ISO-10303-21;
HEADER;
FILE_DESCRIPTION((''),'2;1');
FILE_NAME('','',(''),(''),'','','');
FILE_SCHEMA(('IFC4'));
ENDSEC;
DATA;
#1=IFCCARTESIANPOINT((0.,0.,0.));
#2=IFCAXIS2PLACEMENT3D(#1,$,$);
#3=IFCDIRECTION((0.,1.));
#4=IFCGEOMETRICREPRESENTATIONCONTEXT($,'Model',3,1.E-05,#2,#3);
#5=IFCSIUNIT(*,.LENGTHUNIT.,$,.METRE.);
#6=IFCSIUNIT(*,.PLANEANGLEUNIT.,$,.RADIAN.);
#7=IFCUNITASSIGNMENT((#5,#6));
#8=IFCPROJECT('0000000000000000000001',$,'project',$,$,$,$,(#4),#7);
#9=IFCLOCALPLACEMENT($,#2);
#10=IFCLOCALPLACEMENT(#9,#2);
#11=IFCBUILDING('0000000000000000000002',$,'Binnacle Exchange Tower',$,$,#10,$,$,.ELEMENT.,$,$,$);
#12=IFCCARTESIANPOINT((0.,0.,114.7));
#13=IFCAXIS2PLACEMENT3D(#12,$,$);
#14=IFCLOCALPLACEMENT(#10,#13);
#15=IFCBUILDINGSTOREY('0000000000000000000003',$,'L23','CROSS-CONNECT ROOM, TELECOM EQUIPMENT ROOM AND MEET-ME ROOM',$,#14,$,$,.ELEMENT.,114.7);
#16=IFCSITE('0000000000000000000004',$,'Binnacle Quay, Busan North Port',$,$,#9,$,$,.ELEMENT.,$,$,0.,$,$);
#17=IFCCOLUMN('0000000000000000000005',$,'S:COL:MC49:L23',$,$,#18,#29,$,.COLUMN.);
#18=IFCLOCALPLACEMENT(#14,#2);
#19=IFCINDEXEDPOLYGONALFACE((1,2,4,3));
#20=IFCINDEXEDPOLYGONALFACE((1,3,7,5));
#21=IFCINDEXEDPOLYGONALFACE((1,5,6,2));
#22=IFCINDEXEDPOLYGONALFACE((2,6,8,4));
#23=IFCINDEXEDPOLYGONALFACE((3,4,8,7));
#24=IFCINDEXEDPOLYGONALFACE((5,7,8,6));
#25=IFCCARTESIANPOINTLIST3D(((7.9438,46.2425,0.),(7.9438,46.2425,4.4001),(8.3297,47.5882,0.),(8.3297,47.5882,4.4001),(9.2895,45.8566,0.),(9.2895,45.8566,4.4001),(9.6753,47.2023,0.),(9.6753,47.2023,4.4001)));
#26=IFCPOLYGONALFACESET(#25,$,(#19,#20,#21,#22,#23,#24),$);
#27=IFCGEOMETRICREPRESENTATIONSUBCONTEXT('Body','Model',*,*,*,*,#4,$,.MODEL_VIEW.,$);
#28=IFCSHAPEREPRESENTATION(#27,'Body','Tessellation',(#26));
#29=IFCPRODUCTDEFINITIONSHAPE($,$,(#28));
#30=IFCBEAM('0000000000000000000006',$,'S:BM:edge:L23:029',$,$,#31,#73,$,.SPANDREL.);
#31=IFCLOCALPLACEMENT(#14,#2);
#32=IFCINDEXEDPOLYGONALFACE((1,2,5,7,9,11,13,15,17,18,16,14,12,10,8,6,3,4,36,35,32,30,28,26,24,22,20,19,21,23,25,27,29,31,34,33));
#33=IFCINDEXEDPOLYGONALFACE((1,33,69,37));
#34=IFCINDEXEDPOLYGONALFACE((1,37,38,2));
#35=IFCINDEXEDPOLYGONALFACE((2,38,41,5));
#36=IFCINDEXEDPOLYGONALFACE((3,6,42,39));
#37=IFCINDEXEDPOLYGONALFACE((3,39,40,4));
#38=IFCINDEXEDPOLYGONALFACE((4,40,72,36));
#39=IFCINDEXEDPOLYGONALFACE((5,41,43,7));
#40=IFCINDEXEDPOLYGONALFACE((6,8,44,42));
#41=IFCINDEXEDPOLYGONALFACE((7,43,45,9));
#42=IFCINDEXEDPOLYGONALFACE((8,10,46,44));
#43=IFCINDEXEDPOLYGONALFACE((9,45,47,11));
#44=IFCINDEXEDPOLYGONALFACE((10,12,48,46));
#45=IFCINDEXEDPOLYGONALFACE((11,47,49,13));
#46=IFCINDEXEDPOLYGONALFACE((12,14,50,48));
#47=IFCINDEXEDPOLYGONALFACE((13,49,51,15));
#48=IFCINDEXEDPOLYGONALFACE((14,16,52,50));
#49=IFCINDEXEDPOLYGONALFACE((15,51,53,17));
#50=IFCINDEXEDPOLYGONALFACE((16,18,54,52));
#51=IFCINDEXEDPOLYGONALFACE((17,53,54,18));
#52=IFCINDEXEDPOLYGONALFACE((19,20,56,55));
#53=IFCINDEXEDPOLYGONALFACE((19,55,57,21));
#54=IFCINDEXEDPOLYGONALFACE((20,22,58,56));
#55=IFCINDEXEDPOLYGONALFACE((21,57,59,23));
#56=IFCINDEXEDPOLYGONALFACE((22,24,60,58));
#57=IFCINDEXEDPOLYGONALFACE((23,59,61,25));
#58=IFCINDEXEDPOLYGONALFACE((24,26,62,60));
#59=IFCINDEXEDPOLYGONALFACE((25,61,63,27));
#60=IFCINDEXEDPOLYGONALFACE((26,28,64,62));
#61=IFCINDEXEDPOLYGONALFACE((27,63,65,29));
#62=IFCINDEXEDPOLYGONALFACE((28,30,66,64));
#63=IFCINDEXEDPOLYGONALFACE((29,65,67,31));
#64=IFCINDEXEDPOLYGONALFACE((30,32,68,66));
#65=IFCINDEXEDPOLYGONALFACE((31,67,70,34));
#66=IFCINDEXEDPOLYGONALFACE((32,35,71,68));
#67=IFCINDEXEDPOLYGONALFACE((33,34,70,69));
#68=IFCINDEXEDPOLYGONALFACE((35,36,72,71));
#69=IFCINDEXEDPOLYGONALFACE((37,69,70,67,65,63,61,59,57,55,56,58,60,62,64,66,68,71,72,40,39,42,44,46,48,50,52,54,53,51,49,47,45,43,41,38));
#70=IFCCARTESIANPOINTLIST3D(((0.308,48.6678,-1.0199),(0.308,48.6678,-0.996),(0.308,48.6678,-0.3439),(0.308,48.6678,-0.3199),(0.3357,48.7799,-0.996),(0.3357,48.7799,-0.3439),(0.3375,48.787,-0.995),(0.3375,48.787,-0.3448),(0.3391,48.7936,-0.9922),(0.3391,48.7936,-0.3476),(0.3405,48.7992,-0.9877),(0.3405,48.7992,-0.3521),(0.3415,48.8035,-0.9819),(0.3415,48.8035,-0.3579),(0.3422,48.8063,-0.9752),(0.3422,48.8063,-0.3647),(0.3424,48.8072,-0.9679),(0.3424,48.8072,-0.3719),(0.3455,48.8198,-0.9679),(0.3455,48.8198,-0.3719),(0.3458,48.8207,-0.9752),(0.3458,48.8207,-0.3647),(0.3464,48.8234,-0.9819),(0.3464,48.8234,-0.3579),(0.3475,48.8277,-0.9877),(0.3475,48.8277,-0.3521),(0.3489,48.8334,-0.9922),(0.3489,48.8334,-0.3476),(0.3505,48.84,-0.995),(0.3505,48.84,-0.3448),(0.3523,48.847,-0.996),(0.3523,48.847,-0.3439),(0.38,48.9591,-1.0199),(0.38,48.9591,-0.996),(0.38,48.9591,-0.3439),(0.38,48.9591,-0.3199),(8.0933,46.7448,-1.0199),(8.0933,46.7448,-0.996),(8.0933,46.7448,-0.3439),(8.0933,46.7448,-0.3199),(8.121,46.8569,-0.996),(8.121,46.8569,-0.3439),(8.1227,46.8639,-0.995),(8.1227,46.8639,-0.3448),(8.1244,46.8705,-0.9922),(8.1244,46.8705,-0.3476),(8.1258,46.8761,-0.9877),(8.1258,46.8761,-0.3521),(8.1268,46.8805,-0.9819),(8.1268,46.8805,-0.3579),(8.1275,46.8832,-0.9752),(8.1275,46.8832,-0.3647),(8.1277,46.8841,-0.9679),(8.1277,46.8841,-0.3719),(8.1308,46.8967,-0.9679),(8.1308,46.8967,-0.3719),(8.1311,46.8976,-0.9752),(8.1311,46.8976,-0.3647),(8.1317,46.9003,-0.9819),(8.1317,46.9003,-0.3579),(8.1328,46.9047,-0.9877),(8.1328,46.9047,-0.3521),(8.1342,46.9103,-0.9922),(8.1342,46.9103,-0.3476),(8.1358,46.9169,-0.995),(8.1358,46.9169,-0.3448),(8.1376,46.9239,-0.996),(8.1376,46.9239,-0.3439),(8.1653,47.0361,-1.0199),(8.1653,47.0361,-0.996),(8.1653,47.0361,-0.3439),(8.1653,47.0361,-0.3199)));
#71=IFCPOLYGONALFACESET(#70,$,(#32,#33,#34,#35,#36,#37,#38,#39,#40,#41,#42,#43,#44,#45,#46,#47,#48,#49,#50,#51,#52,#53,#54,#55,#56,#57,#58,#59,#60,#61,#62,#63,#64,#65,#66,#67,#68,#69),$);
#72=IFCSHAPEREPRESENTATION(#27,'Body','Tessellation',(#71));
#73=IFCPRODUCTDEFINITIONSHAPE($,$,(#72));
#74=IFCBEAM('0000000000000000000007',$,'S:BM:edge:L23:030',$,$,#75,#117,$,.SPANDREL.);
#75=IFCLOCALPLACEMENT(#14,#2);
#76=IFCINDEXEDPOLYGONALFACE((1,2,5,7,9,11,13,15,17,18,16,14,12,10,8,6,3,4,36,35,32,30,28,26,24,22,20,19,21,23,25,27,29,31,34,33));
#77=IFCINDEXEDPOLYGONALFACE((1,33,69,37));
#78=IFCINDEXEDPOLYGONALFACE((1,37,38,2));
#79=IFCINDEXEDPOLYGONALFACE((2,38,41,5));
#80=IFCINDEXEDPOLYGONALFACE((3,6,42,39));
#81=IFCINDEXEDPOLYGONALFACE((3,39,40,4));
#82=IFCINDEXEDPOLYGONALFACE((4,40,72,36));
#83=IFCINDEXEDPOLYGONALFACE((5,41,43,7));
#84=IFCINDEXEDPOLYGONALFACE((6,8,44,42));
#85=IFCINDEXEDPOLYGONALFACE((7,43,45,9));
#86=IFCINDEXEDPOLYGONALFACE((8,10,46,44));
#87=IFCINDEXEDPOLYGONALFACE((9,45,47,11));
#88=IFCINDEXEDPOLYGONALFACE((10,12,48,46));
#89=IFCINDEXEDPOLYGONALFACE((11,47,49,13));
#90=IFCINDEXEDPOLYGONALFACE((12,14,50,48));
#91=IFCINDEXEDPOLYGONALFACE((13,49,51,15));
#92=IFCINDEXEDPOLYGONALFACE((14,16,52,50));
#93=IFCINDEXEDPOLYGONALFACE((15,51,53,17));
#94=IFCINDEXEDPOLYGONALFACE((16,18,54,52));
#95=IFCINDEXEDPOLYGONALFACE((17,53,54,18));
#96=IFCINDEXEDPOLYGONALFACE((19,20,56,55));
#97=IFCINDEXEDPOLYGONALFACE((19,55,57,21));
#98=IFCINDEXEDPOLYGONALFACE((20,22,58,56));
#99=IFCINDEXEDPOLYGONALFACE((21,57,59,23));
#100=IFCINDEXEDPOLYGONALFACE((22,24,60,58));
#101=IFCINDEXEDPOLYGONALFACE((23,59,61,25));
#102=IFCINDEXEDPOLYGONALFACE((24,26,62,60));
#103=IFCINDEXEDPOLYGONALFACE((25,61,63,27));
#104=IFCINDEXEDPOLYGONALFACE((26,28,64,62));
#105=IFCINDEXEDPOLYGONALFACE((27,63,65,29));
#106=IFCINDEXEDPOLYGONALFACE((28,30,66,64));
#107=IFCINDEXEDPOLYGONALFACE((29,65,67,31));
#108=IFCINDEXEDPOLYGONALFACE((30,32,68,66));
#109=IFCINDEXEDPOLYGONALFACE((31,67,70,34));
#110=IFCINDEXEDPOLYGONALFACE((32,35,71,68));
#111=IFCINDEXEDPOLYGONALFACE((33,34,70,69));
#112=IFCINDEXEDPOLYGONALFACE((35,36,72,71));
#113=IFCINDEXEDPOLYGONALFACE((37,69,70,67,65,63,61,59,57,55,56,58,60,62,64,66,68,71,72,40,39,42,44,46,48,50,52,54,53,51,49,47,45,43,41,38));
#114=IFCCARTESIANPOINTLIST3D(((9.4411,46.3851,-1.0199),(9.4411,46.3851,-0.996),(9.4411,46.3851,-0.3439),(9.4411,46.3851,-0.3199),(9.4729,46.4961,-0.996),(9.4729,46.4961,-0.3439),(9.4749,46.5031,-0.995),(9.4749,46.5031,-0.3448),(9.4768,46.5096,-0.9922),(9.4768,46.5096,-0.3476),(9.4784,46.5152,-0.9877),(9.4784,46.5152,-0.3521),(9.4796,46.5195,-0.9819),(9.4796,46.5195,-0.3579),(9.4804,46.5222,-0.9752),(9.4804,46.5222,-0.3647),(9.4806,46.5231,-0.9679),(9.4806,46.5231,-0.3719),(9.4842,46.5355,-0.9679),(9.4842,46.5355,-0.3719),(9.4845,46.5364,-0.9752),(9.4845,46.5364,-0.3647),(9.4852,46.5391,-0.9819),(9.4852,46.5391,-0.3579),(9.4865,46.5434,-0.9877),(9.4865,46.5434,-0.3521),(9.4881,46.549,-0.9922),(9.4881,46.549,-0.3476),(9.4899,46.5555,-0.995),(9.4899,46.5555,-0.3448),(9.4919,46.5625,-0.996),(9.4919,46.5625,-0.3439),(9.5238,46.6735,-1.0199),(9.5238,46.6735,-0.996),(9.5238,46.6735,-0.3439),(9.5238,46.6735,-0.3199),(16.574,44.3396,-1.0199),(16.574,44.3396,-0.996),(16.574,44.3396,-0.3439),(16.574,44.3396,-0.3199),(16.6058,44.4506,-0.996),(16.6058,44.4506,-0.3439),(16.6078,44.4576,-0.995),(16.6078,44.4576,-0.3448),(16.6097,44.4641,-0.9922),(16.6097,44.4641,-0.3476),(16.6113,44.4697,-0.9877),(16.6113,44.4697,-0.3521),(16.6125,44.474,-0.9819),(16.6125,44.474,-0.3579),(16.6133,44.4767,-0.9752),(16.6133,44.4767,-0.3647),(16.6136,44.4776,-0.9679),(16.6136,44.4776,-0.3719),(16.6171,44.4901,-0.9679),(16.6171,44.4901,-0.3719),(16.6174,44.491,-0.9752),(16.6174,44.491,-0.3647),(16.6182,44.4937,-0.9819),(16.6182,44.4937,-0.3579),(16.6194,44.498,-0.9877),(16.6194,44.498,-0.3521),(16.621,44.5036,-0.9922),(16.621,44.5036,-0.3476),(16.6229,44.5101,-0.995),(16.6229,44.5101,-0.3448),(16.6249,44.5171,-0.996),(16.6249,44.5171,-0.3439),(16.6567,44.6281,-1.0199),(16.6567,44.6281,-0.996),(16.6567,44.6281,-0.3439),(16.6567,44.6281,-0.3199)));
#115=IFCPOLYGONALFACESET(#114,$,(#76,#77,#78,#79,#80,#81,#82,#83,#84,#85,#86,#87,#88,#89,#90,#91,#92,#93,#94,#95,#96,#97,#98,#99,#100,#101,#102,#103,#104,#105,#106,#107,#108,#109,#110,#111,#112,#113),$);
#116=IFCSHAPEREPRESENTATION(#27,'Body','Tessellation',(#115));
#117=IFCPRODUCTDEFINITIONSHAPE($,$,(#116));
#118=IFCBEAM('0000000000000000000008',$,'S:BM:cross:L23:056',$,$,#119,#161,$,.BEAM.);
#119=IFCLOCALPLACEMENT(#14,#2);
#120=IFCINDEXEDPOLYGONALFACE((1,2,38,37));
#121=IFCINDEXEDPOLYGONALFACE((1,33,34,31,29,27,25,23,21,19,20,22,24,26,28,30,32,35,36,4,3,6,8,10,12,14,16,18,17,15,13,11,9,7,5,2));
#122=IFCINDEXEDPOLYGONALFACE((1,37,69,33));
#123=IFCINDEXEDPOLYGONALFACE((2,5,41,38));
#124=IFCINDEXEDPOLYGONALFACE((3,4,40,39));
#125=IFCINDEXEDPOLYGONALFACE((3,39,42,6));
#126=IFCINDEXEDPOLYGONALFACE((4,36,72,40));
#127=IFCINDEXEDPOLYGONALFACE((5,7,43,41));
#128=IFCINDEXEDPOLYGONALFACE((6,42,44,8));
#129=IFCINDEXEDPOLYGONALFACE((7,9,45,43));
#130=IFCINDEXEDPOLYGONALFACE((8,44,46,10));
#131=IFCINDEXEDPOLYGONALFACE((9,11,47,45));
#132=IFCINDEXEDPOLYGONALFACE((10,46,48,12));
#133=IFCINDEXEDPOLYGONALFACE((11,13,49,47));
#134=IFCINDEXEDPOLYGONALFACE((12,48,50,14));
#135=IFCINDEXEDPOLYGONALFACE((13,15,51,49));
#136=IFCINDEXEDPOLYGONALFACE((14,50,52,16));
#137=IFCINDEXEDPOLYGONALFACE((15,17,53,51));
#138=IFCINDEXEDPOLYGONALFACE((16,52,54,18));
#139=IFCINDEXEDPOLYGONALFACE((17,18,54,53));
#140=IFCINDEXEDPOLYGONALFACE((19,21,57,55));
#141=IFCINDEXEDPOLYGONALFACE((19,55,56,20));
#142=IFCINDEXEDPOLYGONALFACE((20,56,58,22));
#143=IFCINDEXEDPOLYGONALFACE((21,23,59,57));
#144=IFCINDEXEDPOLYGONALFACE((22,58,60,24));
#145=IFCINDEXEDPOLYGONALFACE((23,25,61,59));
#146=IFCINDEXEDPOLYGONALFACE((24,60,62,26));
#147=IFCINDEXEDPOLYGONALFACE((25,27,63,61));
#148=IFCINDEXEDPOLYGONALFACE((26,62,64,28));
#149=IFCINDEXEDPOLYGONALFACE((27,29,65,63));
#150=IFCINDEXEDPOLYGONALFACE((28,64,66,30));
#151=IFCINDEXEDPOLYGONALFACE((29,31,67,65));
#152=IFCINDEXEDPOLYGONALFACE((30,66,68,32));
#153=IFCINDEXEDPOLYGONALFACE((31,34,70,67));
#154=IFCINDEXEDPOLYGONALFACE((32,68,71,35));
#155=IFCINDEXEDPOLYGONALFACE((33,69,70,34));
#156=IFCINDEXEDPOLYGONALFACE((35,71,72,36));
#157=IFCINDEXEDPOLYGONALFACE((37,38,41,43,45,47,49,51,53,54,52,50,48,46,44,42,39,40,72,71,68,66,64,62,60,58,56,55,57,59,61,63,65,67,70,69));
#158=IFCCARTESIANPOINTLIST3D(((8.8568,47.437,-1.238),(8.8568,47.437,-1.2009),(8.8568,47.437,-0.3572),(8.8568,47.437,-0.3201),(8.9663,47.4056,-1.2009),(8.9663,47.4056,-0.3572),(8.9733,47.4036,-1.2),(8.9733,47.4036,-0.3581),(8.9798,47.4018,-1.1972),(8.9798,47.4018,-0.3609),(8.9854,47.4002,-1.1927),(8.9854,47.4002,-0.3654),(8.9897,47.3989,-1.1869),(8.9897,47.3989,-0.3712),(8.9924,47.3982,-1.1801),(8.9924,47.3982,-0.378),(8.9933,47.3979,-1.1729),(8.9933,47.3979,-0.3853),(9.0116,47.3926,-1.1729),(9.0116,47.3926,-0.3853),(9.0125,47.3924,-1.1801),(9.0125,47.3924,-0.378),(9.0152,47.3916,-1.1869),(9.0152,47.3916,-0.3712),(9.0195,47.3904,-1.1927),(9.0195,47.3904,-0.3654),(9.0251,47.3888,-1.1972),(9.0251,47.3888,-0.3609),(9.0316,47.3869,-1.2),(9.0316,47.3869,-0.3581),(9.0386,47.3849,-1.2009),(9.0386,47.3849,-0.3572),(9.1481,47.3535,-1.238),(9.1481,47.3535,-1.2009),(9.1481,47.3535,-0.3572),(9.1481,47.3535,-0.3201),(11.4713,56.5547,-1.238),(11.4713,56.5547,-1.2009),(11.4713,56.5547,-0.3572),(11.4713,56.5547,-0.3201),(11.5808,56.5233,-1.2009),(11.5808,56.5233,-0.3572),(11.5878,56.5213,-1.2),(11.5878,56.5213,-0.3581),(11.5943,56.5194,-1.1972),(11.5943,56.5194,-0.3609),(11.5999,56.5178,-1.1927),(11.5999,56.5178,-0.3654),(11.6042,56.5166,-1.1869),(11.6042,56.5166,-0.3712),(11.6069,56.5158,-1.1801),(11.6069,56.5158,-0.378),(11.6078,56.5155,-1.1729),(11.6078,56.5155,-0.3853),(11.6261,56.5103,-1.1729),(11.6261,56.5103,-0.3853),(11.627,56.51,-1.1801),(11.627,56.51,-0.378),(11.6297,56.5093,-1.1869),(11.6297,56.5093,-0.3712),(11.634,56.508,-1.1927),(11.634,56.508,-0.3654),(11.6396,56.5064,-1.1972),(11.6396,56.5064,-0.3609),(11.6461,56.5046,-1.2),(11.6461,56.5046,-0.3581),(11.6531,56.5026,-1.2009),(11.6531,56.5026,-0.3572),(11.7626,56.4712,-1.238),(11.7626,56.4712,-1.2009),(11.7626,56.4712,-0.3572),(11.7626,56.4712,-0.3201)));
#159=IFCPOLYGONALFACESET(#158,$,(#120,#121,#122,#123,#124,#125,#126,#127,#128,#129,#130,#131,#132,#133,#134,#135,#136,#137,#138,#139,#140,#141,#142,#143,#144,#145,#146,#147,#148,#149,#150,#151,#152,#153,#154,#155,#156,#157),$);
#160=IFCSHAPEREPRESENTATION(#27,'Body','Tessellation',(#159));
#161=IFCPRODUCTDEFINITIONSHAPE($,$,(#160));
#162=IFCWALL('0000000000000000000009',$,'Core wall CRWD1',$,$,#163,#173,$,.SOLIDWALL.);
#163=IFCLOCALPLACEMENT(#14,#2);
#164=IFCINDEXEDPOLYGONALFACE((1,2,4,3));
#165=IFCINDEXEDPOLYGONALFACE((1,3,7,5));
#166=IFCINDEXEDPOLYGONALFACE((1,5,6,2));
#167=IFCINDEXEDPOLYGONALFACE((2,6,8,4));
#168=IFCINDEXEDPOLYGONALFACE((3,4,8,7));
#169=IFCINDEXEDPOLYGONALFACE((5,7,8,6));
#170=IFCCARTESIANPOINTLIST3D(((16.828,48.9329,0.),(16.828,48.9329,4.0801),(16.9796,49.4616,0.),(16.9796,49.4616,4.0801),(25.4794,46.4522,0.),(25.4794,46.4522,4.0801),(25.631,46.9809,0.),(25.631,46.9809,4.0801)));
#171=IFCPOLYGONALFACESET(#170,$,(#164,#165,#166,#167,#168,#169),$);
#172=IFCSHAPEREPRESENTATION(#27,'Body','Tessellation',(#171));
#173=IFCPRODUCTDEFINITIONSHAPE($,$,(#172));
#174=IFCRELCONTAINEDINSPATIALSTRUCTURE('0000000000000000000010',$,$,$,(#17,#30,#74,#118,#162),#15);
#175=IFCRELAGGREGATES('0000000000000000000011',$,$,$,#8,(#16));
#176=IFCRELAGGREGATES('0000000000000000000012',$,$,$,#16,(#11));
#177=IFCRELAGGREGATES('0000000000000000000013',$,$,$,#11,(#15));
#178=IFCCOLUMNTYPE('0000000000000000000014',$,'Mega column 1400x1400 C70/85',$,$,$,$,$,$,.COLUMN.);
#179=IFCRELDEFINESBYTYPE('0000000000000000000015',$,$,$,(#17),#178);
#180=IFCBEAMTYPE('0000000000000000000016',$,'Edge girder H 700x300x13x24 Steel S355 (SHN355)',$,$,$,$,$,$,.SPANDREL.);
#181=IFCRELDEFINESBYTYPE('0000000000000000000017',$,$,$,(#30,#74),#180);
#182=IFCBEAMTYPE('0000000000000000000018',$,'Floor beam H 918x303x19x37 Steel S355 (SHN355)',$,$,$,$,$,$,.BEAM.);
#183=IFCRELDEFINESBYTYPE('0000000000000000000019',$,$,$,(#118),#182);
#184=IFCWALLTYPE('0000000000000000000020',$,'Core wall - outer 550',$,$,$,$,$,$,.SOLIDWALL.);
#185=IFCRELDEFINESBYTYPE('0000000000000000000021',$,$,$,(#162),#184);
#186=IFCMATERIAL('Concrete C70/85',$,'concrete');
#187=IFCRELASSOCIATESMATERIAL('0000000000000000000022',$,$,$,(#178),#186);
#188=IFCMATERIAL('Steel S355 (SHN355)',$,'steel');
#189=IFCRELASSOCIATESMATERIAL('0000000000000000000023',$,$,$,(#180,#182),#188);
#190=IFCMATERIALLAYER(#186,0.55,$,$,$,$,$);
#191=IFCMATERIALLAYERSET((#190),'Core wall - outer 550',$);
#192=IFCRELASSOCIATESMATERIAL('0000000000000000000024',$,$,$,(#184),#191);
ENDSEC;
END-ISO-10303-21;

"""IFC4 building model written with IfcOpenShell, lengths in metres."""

from ifc_helpers import new_model, si_unit, direction, frame, frame_2d, origin, origin_2d, place, context, subcontext, project, spatial, rectangle, i_section, extrude, material, layer, layer_set, material_profile, profile_set, type_object, element, save


model = new_model("IFC4")

# Units and contexts
model_context = context("Model", 3, precision=1e-05, world=origin(), true_north=direction((0.0, 1.0)))
body_context = subcontext(model_context, "Body", "Model", "MODEL_VIEW")
ifc_project = project(units=[si_unit("LENGTHUNIT", "METRE"), si_unit("PLANEANGLEUNIT", "RADIAN")], contexts=[model_context])

# Site, building, storey
site_placement = place(None, origin())
site = spatial("IfcSite", under=ifc_project, at=site_placement, Name="Binnacle Quay, Busan North Port", CompositionType="ELEMENT", RefElevation=0.0)
building_placement = place(site_placement, origin())
building = spatial("IfcBuilding", under=site, at=building_placement, Name="Binnacle Exchange Tower", CompositionType="ELEMENT")
storey_placement = place(building_placement, frame((0.0, 0.0, 114.7)))
storey = spatial("IfcBuildingStorey", under=building, at=storey_placement, Name="L23", Description="CROSS-CONNECT ROOM, TELECOM EQUIPMENT ROOM AND MEET-ME ROOM", CompositionType="ELEMENT", Elevation=114.7)

# Column
ifc_material_1 = material(Name="Concrete C70/85", Category="concrete")
ifc_material_profile_1 = material_profile(ifc_material_1, rectangle(XDim=1.3999, YDim=1.3999, at=origin_2d()), Name="Mega column 1400x1400 C70/85")
ifc_profile_set_1 = profile_set([ifc_material_profile_1], Name="Concrete C70/85")
column_type = type_object("IfcColumnType", Name="Mega column 1400x1400 C70/85", PredefinedType="COLUMN", material=ifc_profile_set_1)
column_placement = place(storey_placement, frame((8.8096, 46.7224, 0.0), z_axis=(0.0, 0.0, 1.0), x_axis=(0.961262, -0.275637, 0.0)))
element("IfcColumn", 1, at=column_placement, inside=storey, type_object=column_type, Name="S:COL:MC49:L23", PredefinedType="COLUMN", context=body_context, shape_type="SweptSolid", body=[
    extrude(rectangle(XDim=1.3999, YDim=1.3999, at=origin_2d()), origin(), (0.0, 0.0, 1.0), 4.4001),
])

# Beams
ifc_material_2 = material(Name="Steel S355 (SHN355)", Category="steel")
ifc_material_profile_2 = material_profile(ifc_material_2, i_section(OverallWidth=0.3, OverallDepth=0.7, WebThickness=0.0129, FlangeThickness=0.0239, FilletRadius=0.0281, at=origin_2d()), Name="H 700x300x13x24")
ifc_profile_set_2 = profile_set([ifc_material_profile_2], Name="Steel S355 (SHN355)")
beam_type_1 = type_object("IfcBeamType", Name="Edge girder H 700x300x13x24 Steel S355 (SHN355)", PredefinedType="SPANDREL", material=ifc_profile_set_2)
beam_1_placement = place(storey_placement, frame((0.344, 48.8135, -0.6699), z_axis=(0.970821, -0.239805, 0.0), x_axis=(0.239805, 0.970821, 0.0)))
element("IfcBeam", 2, at=beam_1_placement, inside=storey, type_object=beam_type_1, Name="S:BM:edge:L23:029", PredefinedType="SPANDREL", context=body_context, shape_type="SweptSolid", body=[
    extrude(i_section(OverallWidth=0.3, OverallDepth=0.7, WebThickness=0.0129, FlangeThickness=0.0239, FilletRadius=0.0281, at=origin_2d()), origin(), (0.0, 0.0, 1.0), 8.0193),
])
beam_2_placement = place(storey_placement, frame((9.4824, 46.5293, -0.6699), z_axis=(0.961258, -0.275651, 0.0), x_axis=(0.275651, 0.961258, 0.0)))
element("IfcBeam", 3, at=beam_2_placement, inside=storey, type_object=beam_type_1, Name="S:BM:edge:L23:030", PredefinedType="SPANDREL", context=body_context, shape_type="SweptSolid", body=[
    extrude(i_section(OverallWidth=0.3, OverallDepth=0.7, WebThickness=0.0129, FlangeThickness=0.0239, FilletRadius=0.0281, at=origin_2d()), origin(), (0.0, 0.0, 1.0), 7.4204),
])
ifc_material_profile_3 = material_profile(ifc_material_2, i_section(OverallWidth=0.303, OverallDepth=0.918, WebThickness=0.019, FlangeThickness=0.0371, FilletRadius=0.0281, at=origin_2d()), Name="H 918x303x19x37")
ifc_profile_set_3 = profile_set([ifc_material_profile_3], Name="Steel S355 (SHN355)")
beam_type_2 = type_object("IfcBeamType", Name="Floor beam H 918x303x19x37 Steel S355 (SHN355)", PredefinedType="BEAM", material=ifc_profile_set_3)
beam_3_placement = place(storey_placement, frame((9.0024, 47.3953, -0.7791), z_axis=(0.275642, 0.96126, 0.0), x_axis=(-0.96126, 0.275642, 0.0)))
element("IfcBeam", 4, at=beam_3_placement, inside=storey, type_object=beam_type_2, Name="S:BM:cross:L23:056", PredefinedType="BEAM", context=body_context, shape_type="SweptSolid", body=[
    extrude(i_section(OverallWidth=0.303, OverallDepth=0.918, WebThickness=0.019, FlangeThickness=0.0371, FilletRadius=0.0281, at=origin_2d()), origin(), (0.0, 0.0, 1.0), 9.4851),
])

# Wall
ifc_layer_1 = layer(ifc_material_1, 0.55)
ifc_layer_set_1 = layer_set([ifc_layer_1], Name="Core wall - outer 550")
wall_type_1 = type_object("IfcWallType", Name="Core wall - outer 550", PredefinedType="SOLIDWALL", material=ifc_layer_set_1)
wall_1_placement = place(storey_placement, frame((16.9038, 49.1973, 0.0), z_axis=(0.0, 0.0, 1.0), x_axis=(0.961262, -0.275635, 0.0)))
element("IfcWall", 5, at=wall_1_placement, inside=storey, type_object=wall_type_1, Name="Core wall CRWD1", PredefinedType="SOLIDWALL", context=body_context, shape_type="SweptSolid", body=[
    extrude(rectangle(XDim=9.0, YDim=0.55, at=frame_2d((4.5, 0.0))), origin(), (0.0, 0.0, 1.0), 4.0801),
])

save(model, "model.ifc")
